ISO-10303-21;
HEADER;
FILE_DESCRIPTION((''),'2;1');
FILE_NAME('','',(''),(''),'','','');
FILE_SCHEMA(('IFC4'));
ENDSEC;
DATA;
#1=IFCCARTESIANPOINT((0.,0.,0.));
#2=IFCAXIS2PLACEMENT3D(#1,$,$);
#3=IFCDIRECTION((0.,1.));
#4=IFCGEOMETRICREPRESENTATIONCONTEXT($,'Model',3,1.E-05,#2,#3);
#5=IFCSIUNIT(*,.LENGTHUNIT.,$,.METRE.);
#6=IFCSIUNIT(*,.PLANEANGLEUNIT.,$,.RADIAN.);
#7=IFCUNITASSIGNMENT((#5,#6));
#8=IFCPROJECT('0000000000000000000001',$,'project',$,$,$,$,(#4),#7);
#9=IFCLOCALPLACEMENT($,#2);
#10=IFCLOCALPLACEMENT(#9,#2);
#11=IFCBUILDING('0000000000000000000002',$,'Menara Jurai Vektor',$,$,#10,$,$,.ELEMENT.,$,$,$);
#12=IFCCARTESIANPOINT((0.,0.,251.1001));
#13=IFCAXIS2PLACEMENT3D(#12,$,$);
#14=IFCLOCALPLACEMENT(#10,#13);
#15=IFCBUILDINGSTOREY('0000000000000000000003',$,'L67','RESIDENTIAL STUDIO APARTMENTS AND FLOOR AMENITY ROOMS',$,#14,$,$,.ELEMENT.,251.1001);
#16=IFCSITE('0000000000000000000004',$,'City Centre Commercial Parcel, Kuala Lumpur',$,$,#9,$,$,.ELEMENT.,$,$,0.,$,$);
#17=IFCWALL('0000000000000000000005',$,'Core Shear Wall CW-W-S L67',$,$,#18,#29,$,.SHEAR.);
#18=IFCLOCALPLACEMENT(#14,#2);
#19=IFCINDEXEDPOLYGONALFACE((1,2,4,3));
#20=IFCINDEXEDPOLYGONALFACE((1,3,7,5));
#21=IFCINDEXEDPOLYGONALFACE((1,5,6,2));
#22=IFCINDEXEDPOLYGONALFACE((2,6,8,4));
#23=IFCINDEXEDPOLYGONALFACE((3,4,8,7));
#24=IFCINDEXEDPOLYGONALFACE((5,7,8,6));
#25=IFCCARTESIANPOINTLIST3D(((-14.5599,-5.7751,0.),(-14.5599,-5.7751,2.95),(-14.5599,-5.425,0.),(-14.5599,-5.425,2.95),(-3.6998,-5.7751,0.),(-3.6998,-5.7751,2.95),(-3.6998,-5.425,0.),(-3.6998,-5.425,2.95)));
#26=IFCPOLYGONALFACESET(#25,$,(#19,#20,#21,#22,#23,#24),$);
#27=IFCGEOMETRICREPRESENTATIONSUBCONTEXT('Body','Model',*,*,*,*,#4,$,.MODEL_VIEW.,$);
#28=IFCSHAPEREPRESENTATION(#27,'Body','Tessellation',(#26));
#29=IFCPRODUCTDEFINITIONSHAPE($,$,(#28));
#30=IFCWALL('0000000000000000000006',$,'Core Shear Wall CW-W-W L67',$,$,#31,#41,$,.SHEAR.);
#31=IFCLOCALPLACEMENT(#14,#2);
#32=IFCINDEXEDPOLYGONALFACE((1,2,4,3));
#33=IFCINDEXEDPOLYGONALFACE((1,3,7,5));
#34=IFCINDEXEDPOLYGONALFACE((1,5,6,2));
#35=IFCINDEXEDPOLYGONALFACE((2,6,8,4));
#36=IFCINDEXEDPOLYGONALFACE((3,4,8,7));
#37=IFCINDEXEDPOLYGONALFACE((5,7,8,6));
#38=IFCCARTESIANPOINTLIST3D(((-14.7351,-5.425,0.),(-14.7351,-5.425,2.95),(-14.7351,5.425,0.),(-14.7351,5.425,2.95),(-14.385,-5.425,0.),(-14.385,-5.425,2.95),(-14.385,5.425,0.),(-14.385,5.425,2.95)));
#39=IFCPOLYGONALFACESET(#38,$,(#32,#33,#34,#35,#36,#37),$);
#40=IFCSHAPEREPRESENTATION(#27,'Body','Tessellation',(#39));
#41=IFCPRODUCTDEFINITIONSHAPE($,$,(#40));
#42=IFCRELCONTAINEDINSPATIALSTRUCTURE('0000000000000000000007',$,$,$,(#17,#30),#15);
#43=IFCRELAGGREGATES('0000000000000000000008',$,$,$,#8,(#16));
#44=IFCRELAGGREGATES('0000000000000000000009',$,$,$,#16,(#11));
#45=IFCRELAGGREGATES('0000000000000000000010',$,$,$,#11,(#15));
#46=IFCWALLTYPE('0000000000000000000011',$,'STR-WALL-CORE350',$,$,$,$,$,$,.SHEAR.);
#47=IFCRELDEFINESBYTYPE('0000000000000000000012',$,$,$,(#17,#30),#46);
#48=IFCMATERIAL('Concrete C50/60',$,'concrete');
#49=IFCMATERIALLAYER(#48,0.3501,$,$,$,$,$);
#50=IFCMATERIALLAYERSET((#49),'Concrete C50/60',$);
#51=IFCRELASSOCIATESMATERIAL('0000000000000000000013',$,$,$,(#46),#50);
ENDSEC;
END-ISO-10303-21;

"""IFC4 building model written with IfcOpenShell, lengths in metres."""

from ifc_helpers import new_model, si_unit, direction, frame, frame_2d, origin, place, context, subcontext, project, spatial, rectangle, extrude, material, layer, layer_set, type_object, element, save


model = new_model("IFC4")

# Units and contexts
model_context = context("Model", 3, precision=1e-05, world=origin(), true_north=direction((0.0, 1.0)))
body_context = subcontext(model_context, "Body", "Model", "MODEL_VIEW")
ifc_project = project(units=[si_unit("LENGTHUNIT", "METRE"), si_unit("PLANEANGLEUNIT", "RADIAN")], contexts=[model_context])

# Site, building, storey
site_placement = place(None, origin())
site = spatial("IfcSite", under=ifc_project, at=site_placement, Name="City Centre Commercial Parcel, Kuala Lumpur", CompositionType="ELEMENT", RefElevation=0.0)
building_placement = place(site_placement, origin())
building = spatial("IfcBuilding", under=site, at=building_placement, Name="Menara Jurai Vektor", CompositionType="ELEMENT")
storey_placement = place(building_placement, frame((0.0, 0.0, 251.1001)))
storey = spatial("IfcBuildingStorey", under=building, at=storey_placement, Name="L67", Description="RESIDENTIAL STUDIO APARTMENTS AND FLOOR AMENITY ROOMS", CompositionType="ELEMENT", Elevation=251.1001)

# Shared definitions
ifc_material_1 = material(Name="Concrete C50/60", Category="concrete")

# Walls
ifc_layer_1 = layer(ifc_material_1, 0.3501)
ifc_layer_set_1 = layer_set([ifc_layer_1], Name="Concrete C50/60")
wall_type_1 = type_object("IfcWallType", Name="STR-WALL-CORE350", PredefinedType="SHEAR", material=ifc_layer_set_1)
wall_1_placement = place(storey_placement, frame((-14.5601, -5.6001, 0.0), z_axis=(0.0, 0.0, 1.0), x_axis=(1.0, 0.0, 0.0)))
element("IfcWall", 1, at=wall_1_placement, inside=storey, type_object=wall_type_1, Name="Core Shear Wall CW-W-S L67", PredefinedType="SHEAR", context=body_context, shape_type="SweptSolid", body=[
    extrude(rectangle(XDim=10.8601, YDim=0.3501, at=frame_2d((5.4302, 0.0))), origin(), (0.0, 0.0, 1.0), 2.95),
])
wall_2_placement = place(storey_placement, frame((-14.5601, -5.425, 0.0), z_axis=(0.0, 0.0, 1.0), x_axis=(0.0, 1.0, 0.0)))
element("IfcWall", 2, at=wall_2_placement, inside=storey, type_object=wall_type_1, Name="Core Shear Wall CW-W-W L67", PredefinedType="SHEAR", context=body_context, shape_type="SweptSolid", body=[
    extrude(rectangle(XDim=10.8501, YDim=0.3501, at=frame_2d((5.425, 0.0))), origin(), (0.0, 0.0, 1.0), 2.95),
])

save(model, "model.ifc")
